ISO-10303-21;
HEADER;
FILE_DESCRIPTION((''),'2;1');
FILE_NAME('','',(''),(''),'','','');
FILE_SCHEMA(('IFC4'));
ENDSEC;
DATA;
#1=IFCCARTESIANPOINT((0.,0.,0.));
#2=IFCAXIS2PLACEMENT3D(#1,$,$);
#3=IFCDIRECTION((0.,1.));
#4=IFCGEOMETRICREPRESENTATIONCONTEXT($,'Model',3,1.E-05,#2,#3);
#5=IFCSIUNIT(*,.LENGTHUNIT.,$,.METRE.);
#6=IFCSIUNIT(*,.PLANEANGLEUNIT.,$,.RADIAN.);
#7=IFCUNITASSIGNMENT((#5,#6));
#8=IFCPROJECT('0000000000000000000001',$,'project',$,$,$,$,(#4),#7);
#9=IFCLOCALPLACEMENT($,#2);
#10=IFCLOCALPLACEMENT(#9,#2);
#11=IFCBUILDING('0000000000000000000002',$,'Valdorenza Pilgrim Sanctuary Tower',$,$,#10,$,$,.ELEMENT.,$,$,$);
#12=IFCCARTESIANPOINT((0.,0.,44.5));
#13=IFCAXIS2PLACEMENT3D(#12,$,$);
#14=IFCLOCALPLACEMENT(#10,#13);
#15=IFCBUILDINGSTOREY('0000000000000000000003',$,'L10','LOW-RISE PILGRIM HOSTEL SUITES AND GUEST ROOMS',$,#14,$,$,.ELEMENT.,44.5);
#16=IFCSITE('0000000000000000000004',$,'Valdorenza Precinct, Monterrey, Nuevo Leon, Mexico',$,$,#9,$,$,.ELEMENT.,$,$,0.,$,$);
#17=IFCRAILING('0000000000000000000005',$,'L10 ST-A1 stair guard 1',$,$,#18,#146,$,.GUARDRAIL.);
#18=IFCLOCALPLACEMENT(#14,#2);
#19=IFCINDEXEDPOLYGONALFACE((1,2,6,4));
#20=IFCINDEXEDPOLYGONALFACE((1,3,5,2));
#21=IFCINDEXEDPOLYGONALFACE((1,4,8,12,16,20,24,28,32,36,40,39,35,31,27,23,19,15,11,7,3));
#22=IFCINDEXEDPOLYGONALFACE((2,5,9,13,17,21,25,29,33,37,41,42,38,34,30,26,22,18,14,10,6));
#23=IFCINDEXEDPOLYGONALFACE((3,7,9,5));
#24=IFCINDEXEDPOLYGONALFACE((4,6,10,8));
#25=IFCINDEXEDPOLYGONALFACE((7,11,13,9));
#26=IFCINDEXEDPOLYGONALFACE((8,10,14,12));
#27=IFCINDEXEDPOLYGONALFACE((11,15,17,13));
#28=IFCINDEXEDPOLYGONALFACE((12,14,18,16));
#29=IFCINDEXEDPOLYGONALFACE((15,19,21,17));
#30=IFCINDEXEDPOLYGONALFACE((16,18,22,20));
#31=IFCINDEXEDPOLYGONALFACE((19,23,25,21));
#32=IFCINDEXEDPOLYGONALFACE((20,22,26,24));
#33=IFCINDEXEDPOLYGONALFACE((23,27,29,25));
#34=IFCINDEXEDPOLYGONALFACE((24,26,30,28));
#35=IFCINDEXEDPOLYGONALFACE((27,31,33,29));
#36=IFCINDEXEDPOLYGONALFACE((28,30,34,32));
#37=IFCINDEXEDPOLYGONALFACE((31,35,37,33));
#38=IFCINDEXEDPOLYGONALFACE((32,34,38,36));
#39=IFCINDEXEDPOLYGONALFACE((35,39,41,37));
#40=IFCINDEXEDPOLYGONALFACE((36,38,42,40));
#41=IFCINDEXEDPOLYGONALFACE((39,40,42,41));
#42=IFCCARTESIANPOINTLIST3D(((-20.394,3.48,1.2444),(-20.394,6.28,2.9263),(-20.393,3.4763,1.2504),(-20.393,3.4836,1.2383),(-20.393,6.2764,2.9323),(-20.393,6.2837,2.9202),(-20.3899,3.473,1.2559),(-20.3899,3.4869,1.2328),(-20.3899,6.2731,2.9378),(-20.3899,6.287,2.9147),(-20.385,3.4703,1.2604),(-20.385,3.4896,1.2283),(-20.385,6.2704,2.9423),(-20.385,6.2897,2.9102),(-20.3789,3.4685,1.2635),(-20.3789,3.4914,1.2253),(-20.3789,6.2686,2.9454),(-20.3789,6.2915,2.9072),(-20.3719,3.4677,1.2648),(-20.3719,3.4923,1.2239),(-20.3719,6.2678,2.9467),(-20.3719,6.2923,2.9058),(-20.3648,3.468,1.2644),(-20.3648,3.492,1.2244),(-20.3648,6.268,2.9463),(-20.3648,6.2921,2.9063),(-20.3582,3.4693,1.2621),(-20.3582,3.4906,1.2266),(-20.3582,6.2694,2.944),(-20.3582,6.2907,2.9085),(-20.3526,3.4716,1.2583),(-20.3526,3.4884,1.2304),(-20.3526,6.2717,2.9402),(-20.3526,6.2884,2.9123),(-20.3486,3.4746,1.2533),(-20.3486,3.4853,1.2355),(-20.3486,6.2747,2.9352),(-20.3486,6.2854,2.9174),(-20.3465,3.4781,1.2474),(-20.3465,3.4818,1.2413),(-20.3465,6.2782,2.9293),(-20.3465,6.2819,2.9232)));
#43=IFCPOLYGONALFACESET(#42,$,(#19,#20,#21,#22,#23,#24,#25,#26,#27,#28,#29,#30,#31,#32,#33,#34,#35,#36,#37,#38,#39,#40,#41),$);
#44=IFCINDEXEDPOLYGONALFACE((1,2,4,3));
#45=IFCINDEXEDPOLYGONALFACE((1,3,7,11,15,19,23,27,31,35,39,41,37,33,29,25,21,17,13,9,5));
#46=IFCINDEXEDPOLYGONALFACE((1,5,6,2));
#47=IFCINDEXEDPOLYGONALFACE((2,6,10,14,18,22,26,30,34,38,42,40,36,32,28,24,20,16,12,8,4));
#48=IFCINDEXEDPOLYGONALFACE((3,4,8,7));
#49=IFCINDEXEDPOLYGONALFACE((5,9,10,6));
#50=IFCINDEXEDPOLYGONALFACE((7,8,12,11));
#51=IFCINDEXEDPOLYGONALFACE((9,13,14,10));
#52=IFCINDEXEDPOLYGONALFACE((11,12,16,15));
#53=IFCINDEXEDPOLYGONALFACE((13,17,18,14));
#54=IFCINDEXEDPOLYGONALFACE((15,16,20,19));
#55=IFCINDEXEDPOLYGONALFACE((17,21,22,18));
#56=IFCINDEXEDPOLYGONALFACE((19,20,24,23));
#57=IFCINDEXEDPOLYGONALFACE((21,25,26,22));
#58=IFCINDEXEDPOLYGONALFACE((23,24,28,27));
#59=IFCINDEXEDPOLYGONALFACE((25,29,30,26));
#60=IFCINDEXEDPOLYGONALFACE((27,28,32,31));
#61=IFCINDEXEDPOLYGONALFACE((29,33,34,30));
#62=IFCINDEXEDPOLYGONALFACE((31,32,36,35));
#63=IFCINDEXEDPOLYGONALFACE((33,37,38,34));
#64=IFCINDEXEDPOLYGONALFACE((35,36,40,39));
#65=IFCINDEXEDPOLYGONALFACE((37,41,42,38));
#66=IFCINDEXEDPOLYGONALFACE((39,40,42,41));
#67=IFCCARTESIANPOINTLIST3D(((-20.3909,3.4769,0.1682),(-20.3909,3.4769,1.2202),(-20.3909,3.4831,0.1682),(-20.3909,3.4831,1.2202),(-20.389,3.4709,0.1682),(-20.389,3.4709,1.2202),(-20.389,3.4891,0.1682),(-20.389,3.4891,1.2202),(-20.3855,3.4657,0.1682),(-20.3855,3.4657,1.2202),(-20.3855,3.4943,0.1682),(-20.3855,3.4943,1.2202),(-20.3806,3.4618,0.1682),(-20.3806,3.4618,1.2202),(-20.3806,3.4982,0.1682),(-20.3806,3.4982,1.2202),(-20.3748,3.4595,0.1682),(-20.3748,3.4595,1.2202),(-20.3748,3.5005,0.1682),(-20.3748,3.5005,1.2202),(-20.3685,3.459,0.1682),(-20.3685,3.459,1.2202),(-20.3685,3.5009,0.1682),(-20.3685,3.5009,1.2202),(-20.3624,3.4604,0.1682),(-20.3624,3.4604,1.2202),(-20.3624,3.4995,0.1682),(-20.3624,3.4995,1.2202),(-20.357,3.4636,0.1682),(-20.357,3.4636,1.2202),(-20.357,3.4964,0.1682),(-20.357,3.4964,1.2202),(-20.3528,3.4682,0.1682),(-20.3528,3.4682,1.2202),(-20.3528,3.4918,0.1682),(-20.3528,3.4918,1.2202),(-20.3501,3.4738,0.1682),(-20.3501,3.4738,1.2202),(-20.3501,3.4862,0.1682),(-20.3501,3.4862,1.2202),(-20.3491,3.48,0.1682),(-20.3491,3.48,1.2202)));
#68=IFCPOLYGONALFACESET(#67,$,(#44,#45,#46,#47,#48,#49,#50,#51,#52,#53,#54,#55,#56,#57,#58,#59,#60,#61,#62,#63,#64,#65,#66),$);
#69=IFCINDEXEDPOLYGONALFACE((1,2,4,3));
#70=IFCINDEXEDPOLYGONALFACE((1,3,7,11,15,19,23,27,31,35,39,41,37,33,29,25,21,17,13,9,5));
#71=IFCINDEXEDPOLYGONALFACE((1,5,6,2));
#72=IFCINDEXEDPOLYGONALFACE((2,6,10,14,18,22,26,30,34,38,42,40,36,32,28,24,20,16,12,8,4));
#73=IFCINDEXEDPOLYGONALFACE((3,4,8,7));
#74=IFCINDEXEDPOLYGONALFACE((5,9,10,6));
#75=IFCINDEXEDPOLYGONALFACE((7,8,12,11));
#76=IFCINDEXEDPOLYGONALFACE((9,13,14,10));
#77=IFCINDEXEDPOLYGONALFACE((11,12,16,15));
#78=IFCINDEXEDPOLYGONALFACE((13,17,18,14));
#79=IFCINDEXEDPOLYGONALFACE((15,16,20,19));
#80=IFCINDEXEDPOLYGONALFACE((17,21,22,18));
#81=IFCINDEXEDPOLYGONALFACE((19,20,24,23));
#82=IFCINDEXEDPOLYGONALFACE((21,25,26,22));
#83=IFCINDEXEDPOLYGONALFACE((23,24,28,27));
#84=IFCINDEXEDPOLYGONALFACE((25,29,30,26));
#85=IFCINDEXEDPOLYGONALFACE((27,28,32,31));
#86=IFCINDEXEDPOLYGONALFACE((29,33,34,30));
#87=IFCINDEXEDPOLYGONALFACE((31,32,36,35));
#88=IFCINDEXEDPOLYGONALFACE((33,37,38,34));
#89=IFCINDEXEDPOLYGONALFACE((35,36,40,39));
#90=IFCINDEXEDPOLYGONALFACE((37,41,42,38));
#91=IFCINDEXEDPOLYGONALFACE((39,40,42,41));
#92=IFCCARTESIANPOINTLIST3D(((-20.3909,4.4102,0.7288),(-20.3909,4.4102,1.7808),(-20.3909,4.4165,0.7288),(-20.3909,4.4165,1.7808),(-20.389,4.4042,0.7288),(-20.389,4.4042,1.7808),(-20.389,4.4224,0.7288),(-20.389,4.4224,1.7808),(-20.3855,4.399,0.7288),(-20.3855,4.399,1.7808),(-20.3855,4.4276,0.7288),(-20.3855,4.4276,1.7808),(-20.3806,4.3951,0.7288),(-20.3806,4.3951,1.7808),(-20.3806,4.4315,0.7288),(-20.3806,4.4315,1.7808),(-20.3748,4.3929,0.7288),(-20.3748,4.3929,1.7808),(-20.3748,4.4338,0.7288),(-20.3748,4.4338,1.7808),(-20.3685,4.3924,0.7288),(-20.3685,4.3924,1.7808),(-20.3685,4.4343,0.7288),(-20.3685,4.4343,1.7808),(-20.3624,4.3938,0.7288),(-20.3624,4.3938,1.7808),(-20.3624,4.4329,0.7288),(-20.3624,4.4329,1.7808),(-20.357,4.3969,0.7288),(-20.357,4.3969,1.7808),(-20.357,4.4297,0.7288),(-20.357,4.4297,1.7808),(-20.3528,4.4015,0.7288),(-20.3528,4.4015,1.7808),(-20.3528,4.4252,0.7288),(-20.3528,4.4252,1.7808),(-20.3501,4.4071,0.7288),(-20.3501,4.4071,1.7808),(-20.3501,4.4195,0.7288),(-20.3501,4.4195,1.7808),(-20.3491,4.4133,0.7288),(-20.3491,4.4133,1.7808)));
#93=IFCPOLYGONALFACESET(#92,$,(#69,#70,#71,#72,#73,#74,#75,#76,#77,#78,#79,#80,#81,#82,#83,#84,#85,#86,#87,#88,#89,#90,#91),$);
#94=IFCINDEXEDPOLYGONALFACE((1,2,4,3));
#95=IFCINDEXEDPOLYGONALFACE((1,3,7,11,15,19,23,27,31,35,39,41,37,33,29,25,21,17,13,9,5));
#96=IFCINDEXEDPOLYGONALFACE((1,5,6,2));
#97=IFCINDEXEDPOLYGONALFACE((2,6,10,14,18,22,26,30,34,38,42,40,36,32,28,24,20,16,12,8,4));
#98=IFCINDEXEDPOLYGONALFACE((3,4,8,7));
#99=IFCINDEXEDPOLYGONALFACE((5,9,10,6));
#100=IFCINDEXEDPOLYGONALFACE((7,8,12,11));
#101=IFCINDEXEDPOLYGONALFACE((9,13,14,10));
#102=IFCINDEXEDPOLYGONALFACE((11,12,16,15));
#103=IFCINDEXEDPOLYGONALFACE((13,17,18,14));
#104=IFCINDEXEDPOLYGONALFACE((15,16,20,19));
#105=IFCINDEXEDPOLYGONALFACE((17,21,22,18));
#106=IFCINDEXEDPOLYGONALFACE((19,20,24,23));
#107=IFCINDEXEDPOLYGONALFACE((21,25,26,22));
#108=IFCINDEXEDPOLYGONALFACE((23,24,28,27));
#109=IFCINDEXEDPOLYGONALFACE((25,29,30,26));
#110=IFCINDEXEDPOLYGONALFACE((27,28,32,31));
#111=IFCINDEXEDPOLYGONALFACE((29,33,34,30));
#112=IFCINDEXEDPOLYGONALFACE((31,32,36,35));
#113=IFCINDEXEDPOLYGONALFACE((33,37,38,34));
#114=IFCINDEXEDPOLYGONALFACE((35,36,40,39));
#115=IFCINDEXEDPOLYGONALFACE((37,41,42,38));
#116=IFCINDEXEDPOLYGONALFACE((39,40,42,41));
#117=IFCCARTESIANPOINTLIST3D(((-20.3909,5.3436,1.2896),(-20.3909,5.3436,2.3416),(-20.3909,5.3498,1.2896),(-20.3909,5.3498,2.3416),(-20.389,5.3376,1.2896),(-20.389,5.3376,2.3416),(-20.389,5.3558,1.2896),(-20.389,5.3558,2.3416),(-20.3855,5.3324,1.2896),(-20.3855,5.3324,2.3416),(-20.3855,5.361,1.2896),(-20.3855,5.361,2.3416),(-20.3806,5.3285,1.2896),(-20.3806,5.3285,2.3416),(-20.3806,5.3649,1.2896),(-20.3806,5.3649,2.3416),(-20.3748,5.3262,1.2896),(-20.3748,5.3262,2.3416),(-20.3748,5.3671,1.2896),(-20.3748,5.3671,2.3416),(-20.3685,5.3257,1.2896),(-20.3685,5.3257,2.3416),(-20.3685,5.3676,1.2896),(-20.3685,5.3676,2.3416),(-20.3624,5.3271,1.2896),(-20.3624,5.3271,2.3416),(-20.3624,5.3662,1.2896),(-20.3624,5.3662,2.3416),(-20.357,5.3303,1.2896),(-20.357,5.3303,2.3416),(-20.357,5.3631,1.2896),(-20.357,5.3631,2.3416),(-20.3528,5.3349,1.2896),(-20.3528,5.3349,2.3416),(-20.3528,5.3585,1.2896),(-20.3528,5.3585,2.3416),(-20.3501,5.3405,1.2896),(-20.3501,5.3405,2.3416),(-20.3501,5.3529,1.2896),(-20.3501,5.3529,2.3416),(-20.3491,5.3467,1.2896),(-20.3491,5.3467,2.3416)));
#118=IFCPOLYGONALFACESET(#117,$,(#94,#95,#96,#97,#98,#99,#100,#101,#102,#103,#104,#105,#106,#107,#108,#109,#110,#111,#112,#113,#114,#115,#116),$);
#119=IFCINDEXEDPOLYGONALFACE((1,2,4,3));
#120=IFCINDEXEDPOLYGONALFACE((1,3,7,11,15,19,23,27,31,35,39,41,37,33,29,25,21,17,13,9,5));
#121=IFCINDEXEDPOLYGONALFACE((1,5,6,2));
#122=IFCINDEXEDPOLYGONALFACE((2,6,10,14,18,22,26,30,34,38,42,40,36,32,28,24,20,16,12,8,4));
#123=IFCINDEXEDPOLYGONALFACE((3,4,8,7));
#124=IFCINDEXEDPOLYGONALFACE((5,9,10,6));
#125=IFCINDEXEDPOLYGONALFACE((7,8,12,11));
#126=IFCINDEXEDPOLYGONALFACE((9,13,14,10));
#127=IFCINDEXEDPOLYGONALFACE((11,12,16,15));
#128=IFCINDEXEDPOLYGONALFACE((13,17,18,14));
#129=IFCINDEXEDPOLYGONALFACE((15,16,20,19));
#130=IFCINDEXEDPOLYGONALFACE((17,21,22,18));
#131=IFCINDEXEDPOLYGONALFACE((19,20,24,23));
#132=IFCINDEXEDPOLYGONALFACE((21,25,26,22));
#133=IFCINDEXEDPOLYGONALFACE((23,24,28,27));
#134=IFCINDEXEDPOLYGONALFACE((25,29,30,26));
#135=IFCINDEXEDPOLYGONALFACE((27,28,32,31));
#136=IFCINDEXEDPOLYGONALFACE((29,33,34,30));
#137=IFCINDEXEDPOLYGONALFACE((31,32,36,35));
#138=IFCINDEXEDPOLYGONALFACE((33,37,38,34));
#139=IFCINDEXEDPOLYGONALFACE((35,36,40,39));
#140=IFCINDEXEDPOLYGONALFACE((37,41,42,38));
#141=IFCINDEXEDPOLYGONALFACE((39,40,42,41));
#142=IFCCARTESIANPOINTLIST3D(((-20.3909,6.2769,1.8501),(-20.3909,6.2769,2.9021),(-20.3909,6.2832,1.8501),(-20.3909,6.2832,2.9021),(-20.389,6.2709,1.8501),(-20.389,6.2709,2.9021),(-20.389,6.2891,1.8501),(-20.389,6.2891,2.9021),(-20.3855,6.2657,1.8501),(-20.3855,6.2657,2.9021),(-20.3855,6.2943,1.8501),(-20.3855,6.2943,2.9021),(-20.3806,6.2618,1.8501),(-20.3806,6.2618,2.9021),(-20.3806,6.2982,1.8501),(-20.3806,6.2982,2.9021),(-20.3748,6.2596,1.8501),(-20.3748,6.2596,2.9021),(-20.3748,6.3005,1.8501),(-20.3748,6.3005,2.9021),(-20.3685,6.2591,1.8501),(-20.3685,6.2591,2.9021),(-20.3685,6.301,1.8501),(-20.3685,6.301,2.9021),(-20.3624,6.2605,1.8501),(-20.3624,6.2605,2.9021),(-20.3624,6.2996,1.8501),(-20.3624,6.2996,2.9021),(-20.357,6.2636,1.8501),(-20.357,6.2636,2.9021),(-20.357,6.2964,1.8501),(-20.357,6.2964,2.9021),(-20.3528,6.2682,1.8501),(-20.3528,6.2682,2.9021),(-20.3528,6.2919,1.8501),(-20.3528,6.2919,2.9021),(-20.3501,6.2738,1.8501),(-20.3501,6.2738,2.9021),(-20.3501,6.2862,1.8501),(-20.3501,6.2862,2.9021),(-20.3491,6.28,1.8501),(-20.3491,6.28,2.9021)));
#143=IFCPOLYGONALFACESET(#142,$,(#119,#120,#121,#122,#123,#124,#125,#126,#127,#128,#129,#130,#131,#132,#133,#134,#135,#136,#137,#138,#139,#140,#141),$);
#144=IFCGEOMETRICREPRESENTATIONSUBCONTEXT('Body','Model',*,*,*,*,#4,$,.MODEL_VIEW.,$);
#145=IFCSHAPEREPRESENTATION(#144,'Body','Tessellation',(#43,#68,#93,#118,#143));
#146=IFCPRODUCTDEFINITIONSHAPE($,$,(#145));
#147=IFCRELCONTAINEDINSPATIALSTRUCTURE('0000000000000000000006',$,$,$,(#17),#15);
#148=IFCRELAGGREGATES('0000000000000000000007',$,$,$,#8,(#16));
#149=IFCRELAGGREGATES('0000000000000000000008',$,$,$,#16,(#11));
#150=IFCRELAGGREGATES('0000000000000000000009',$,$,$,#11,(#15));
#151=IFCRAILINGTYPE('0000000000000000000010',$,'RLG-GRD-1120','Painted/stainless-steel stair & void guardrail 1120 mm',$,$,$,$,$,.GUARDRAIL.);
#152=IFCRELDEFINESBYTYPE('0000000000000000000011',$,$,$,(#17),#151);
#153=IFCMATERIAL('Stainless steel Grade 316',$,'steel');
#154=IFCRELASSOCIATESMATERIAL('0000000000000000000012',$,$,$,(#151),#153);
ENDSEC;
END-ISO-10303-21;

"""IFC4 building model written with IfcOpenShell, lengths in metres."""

from ifc_helpers import new_model, si_unit, direction, frame, origin, origin_2d, place, context, subcontext, project, spatial, circle, extrude, material, type_object, element, save


model = new_model("IFC4")

# Units and contexts
model_context = context("Model", 3, precision=1e-05, world=origin(), true_north=direction((0.0, 1.0)))
body_context = subcontext(model_context, "Body", "Model", "MODEL_VIEW")
ifc_project = project(units=[si_unit("LENGTHUNIT", "METRE"), si_unit("PLANEANGLEUNIT", "RADIAN")], contexts=[model_context])

# Site, building, storey
site_placement = place(None, origin())
site = spatial("IfcSite", under=ifc_project, at=site_placement, Name="Valdorenza Precinct, Monterrey, Nuevo Leon, Mexico", CompositionType="ELEMENT", RefElevation=0.0)
building_placement = place(site_placement, origin())
building = spatial("IfcBuilding", under=site, at=building_placement, Name="Valdorenza Pilgrim Sanctuary Tower", CompositionType="ELEMENT")
storey_placement = place(building_placement, frame((0.0, 0.0, 44.5)))
storey = spatial("IfcBuildingStorey", under=building, at=storey_placement, Name="L10", Description="LOW-RISE PILGRIM HOSTEL SUITES AND GUEST ROOMS", CompositionType="ELEMENT", Elevation=44.5)

# Railing
ifc_material_1 = material(Name="Stainless steel Grade 316", Category="steel")
railing_type_1 = type_object("IfcRailingType", Name="RLG-GRD-1120", Description="Painted/stainless-steel stair & void guardrail 1120 mm", PredefinedType="GUARDRAIL", material=ifc_material_1)
railing_1_placement = place(storey_placement, frame((-20.3701, 3.48, 0.1682)))
element("IfcRailing", 1, at=railing_1_placement, inside=storey, type_object=railing_type_1, Name="L10 ST-A1 stair guard 1", PredefinedType="GUARDRAIL", context=body_context, shape_type="SweptSolid", body=[
    extrude(circle(Radius=0.0239, at=origin_2d()), frame((0.0, 0.0, 1.0762), z_axis=(0.0, 0.857242, 0.514913), x_axis=(-1.0, 0.0, 0.0)), (0.0, 0.0, 1.0), 3.2664),
    extrude(circle(Radius=0.021, at=origin_2d()), origin(), (0.0, 0.0, 1.0), 1.052),
    extrude(circle(Radius=0.021, at=origin_2d()), frame((0.0, 0.9333, 0.5605)), (0.0, 0.0, 1.0), 1.052),
    extrude(circle(Radius=0.021, at=origin_2d()), frame((0.0, 1.8667, 1.1213)), (0.0, 0.0, 1.0), 1.052),
    extrude(circle(Radius=0.021, at=origin_2d()), frame((0.0, 2.8, 1.6819)), (0.0, 0.0, 1.0), 1.052),
])

save(model, "model.ifc")
